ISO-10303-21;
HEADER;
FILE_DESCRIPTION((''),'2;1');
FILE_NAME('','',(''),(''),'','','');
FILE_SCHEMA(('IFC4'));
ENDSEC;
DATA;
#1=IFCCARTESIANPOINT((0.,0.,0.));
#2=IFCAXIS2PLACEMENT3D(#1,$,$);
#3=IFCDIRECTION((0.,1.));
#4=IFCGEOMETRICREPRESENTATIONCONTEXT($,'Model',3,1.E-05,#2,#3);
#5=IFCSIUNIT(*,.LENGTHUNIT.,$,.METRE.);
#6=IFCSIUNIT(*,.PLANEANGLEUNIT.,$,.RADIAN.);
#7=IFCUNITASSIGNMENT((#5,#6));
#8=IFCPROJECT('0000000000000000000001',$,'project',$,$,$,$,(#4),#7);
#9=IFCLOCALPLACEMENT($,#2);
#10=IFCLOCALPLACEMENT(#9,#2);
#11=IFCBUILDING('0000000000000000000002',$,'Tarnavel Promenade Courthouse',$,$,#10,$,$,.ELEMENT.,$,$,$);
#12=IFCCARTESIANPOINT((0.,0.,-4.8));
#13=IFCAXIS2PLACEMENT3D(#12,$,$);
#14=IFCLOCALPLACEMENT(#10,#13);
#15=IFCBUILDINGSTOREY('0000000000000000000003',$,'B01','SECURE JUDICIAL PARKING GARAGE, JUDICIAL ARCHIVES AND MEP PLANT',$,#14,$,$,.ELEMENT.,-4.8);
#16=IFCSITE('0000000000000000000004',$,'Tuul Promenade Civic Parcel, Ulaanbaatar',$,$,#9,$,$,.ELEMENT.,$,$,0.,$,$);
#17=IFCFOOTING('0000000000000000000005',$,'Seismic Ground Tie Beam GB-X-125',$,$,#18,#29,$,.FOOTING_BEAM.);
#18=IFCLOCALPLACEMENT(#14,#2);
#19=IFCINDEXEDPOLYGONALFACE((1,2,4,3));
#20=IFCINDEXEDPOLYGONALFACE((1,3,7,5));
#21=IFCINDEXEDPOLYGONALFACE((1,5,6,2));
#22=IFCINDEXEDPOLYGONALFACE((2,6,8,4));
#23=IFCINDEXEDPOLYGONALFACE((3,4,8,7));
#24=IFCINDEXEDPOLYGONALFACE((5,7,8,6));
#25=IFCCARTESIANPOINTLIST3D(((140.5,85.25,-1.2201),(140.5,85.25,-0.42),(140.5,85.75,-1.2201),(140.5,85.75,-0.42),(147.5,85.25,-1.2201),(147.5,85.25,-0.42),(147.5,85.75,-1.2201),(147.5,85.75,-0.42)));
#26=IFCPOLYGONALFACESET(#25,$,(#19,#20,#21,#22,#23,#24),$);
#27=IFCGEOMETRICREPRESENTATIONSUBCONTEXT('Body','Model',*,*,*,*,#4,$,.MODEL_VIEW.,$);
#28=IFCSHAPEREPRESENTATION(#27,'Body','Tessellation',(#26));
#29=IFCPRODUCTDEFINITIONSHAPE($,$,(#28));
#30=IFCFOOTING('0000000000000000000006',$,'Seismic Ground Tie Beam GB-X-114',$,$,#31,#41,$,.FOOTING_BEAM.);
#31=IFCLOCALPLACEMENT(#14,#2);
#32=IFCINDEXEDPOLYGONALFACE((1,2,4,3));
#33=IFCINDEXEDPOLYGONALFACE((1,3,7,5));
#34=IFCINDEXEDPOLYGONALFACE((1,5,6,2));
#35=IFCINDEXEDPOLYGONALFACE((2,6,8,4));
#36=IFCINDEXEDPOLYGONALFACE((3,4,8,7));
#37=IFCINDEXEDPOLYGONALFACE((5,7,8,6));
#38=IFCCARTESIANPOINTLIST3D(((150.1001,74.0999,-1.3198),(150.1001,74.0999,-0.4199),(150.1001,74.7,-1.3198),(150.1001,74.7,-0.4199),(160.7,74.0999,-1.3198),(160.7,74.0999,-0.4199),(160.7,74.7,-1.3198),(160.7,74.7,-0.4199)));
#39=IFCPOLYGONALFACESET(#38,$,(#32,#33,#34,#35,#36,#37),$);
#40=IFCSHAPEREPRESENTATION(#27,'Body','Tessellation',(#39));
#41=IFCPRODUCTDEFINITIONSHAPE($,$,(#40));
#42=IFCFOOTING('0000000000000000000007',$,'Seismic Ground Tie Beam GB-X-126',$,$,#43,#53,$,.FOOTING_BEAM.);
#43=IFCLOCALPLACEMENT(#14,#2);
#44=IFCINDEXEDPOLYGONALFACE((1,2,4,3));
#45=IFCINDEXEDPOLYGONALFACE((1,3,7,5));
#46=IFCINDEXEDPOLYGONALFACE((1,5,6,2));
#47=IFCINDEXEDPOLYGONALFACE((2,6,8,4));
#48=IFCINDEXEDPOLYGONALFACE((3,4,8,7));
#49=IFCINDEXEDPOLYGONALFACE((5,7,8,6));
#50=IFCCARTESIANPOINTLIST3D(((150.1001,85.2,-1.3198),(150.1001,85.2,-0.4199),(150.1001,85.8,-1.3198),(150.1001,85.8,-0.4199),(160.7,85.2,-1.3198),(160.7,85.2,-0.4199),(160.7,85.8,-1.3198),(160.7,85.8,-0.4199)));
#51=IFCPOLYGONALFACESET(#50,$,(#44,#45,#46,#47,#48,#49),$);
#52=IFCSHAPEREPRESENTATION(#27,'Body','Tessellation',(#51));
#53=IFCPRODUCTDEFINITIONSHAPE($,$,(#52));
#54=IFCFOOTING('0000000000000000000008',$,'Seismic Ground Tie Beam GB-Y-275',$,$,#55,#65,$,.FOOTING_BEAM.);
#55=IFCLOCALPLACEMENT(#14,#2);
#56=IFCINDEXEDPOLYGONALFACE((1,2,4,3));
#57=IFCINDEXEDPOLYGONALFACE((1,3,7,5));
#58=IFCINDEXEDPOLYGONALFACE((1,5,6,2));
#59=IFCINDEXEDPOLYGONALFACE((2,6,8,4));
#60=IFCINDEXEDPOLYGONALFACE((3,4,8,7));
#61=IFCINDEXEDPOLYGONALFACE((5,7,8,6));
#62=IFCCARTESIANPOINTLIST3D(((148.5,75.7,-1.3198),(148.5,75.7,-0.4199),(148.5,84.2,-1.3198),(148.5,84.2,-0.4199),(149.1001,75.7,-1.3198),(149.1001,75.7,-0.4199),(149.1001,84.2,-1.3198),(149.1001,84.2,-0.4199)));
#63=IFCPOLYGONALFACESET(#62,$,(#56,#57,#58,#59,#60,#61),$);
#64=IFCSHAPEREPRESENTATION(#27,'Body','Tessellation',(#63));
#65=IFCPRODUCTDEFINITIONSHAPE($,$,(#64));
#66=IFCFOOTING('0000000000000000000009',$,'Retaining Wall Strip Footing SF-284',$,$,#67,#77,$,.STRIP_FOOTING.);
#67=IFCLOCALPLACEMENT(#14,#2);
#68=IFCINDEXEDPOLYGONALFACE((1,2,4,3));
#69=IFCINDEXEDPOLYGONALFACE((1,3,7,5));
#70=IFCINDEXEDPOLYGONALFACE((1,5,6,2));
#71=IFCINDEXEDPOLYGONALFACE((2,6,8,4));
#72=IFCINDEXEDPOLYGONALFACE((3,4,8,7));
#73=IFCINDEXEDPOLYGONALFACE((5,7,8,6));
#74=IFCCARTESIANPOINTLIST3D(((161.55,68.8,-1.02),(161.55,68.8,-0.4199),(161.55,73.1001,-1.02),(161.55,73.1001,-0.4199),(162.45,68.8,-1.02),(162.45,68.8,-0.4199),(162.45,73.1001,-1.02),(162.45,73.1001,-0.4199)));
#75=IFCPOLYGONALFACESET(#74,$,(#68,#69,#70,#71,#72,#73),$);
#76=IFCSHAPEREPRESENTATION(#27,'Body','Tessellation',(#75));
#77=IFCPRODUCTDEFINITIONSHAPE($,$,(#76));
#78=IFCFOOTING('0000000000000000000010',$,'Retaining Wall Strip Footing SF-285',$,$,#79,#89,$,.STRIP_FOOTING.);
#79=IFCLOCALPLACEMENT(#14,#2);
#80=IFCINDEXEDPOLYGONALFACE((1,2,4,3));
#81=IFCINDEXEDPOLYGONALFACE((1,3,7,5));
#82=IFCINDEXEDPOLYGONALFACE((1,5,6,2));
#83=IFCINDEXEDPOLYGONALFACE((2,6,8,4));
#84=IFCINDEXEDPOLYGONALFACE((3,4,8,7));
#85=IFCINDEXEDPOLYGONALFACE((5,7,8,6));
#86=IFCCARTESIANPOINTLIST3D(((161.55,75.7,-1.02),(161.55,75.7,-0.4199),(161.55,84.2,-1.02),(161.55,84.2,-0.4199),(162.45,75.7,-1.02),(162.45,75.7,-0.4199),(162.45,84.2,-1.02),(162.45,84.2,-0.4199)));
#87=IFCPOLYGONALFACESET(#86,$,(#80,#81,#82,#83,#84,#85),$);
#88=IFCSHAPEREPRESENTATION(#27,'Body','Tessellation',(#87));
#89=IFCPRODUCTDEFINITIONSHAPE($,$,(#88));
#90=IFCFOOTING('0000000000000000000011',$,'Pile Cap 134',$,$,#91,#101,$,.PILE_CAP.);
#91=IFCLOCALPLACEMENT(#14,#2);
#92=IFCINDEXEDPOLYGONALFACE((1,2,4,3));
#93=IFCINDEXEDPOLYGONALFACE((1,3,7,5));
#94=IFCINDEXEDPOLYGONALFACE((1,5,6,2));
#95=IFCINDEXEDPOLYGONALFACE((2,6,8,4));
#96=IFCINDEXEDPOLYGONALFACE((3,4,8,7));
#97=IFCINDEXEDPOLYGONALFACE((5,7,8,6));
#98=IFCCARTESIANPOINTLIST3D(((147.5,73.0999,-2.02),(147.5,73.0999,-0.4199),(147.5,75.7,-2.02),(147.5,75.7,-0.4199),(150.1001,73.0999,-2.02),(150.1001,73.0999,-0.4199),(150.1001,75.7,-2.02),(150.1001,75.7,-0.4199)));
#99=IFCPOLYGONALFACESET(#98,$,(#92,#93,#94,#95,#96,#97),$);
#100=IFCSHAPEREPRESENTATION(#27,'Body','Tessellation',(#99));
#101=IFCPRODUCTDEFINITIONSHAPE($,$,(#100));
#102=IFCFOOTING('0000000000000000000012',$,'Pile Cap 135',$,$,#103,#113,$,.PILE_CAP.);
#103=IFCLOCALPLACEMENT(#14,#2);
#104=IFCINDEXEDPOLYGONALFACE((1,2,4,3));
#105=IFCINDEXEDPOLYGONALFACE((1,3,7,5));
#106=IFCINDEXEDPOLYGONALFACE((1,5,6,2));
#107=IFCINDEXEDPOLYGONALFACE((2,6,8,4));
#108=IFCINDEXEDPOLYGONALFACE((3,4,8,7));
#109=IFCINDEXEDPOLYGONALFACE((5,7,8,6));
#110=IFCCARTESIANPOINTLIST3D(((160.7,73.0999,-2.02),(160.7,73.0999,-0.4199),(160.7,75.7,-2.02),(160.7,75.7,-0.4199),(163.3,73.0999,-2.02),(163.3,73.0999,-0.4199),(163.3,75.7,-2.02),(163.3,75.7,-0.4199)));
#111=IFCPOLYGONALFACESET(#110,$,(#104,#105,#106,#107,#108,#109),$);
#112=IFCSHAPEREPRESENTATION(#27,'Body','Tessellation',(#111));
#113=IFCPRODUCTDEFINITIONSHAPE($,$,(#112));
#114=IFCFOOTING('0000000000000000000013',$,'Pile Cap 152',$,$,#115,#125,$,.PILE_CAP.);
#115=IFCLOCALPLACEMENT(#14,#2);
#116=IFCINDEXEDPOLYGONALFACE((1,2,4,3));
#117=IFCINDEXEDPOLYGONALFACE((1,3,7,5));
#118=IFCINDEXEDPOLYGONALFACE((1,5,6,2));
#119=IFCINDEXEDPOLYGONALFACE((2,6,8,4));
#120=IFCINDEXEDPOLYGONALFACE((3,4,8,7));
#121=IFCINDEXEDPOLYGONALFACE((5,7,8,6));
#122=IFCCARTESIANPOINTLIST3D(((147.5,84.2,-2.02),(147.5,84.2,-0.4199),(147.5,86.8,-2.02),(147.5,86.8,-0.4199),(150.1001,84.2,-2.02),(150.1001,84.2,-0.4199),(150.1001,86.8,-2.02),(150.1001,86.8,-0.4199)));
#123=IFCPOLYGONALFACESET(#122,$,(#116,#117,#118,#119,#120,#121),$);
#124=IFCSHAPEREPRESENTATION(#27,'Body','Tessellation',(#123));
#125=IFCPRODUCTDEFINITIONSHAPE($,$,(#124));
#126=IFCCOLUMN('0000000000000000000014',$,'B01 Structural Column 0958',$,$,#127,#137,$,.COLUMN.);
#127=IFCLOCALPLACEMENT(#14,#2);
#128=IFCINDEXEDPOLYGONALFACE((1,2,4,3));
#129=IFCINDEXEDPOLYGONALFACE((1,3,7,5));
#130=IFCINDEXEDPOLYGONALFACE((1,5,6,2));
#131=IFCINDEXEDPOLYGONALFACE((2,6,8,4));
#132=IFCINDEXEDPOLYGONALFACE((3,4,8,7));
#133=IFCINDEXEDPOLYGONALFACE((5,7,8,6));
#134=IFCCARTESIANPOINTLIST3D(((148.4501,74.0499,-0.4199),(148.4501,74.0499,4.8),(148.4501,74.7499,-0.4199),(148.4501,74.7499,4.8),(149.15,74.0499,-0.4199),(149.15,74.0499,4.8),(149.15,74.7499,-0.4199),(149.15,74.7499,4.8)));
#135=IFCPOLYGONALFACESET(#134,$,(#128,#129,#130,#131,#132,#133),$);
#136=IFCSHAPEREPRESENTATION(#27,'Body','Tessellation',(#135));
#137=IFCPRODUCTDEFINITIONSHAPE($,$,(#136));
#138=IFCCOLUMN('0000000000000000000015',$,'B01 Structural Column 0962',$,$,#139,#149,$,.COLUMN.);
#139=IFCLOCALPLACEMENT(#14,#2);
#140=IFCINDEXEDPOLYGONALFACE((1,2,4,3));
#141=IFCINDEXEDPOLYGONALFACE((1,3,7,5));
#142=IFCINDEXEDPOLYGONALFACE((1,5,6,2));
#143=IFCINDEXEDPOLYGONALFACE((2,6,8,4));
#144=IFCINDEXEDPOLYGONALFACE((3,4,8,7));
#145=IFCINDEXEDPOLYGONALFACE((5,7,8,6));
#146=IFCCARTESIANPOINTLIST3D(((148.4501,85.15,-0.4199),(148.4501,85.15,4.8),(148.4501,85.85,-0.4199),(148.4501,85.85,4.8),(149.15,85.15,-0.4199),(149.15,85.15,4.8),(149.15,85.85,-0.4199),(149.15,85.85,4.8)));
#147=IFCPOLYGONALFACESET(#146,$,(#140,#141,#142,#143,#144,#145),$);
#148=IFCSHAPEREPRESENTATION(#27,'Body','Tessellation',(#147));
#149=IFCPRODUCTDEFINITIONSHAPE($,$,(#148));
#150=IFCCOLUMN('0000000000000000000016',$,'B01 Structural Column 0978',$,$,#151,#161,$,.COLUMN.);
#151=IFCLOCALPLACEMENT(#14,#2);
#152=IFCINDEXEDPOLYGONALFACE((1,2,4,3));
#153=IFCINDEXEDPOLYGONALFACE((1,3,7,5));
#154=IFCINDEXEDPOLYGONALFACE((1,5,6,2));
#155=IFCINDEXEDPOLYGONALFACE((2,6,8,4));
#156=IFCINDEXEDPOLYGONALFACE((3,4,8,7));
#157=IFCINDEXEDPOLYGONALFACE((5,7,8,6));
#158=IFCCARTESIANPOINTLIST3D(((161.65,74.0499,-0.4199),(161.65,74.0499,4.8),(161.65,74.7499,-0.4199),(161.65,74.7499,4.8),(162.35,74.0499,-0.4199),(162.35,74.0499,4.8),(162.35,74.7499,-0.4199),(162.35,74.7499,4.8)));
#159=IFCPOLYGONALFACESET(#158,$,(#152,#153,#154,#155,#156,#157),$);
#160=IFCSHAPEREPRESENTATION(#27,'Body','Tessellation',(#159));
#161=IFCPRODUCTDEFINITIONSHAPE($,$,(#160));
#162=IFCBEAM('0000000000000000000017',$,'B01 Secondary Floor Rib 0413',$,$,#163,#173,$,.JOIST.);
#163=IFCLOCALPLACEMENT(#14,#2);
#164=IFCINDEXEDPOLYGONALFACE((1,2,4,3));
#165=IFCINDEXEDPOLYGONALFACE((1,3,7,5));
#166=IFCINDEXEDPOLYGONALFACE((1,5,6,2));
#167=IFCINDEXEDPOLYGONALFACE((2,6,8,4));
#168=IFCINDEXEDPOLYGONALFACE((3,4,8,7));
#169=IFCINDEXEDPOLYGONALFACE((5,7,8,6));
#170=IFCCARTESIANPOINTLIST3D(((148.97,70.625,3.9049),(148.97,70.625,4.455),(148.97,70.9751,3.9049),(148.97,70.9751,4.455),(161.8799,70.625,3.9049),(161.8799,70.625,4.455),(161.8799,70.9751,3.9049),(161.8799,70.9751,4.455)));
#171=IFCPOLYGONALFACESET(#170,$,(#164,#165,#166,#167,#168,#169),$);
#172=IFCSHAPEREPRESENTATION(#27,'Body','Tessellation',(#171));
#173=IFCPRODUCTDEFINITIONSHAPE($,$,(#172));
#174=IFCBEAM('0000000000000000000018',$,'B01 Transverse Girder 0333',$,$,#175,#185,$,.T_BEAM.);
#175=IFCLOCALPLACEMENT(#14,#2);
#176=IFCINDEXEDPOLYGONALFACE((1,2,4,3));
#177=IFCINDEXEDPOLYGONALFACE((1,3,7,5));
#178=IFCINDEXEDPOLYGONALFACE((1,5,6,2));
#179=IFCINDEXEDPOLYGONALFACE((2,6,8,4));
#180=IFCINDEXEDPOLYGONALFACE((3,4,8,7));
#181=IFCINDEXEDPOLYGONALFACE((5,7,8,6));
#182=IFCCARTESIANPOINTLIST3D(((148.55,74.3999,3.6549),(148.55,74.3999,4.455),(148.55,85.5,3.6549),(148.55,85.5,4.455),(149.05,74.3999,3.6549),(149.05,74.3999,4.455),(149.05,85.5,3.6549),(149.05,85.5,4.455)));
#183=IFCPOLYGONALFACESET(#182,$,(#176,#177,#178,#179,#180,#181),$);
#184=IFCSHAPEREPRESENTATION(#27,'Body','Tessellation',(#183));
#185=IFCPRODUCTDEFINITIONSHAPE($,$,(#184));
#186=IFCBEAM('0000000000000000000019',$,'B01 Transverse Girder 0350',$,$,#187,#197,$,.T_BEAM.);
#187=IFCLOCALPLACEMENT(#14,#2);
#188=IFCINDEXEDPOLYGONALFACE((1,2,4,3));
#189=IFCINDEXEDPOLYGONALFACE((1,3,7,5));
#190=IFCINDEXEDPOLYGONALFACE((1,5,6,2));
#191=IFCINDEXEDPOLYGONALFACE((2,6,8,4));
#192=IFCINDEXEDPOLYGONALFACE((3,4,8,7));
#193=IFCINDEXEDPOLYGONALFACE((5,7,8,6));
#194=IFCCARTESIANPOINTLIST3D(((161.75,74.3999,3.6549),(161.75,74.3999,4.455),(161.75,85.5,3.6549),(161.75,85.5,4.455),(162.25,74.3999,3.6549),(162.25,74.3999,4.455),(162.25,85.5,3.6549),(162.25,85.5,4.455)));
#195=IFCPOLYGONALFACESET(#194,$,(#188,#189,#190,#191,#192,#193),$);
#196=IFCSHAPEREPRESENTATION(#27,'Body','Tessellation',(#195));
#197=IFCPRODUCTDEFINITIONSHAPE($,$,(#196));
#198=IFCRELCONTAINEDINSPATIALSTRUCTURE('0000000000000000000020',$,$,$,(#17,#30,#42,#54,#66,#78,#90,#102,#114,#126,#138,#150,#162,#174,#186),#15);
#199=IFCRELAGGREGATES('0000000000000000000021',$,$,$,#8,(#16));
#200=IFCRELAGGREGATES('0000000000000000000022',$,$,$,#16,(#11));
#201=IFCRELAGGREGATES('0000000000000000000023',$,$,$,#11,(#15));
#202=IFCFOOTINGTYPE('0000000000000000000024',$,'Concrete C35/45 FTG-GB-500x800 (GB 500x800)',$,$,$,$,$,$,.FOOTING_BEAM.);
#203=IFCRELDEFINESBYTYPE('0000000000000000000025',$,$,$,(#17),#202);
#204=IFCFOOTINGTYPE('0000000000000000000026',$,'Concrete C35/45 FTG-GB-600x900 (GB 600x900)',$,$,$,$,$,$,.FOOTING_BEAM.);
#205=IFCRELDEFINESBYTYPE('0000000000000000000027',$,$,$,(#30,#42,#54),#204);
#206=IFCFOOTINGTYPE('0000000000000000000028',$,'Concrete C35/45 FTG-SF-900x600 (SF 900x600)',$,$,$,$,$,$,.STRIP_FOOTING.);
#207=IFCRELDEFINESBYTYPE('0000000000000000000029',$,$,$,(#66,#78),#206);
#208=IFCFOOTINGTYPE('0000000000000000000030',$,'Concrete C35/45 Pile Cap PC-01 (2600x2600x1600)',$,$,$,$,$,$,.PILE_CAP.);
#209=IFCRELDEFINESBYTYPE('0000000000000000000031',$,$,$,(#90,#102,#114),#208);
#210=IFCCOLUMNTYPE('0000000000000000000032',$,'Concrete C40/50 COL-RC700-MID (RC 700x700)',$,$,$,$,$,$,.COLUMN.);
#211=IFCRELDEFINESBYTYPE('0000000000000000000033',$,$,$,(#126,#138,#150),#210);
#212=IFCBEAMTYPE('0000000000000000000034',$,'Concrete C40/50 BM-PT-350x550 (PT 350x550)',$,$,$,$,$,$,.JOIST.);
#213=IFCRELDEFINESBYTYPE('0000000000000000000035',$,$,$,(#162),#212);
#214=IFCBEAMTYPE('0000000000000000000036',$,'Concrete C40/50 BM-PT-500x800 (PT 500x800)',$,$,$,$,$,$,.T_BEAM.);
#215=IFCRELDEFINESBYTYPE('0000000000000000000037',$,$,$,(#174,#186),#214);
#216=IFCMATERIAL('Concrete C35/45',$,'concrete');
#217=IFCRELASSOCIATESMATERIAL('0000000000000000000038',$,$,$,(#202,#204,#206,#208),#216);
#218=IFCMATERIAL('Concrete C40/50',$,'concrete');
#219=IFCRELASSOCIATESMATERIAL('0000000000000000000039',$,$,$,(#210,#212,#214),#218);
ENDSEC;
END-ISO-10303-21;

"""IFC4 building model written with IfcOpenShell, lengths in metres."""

from ifc_helpers import new_model, si_unit, direction, frame, origin, origin_2d, place, context, subcontext, project, spatial, rectangle, extrude, material, material_profile, profile_set, type_object, element, save


model = new_model("IFC4")

# Units and contexts
model_context = context("Model", 3, precision=1e-05, world=origin(), true_north=direction((0.0, 1.0)))
body_context = subcontext(model_context, "Body", "Model", "MODEL_VIEW")
ifc_project = project(units=[si_unit("LENGTHUNIT", "METRE"), si_unit("PLANEANGLEUNIT", "RADIAN")], contexts=[model_context])

# Site, building, storey
site_placement = place(None, origin())
site = spatial("IfcSite", under=ifc_project, at=site_placement, Name="Tuul Promenade Civic Parcel, Ulaanbaatar", CompositionType="ELEMENT", RefElevation=0.0)
building_placement = place(site_placement, origin())
building = spatial("IfcBuilding", under=site, at=building_placement, Name="Tarnavel Promenade Courthouse", CompositionType="ELEMENT")
storey_placement = place(building_placement, frame((0.0, 0.0, -4.8)))
storey = spatial("IfcBuildingStorey", under=building, at=storey_placement, Name="B01", Description="SECURE JUDICIAL PARKING GARAGE, JUDICIAL ARCHIVES AND MEP PLANT", CompositionType="ELEMENT", Elevation=-4.8)

# Footings
ifc_material_1 = material(Name="Concrete C35/45", Category="concrete")
ifc_material_profile_1 = material_profile(ifc_material_1, rectangle(XDim=0.5, YDim=0.8, at=origin_2d()), Name="GB 500x800")
ifc_profile_set_1 = profile_set([ifc_material_profile_1], Name="Concrete C35/45")
footing_type_1 = type_object("IfcFootingType", Name="Concrete C35/45 FTG-GB-500x800 (GB 500x800)", PredefinedType="FOOTING_BEAM", material=ifc_profile_set_1)
for number, where, z_axis, x_axis, name in (
    (1, (140.5, 85.5, -0.8201), (1.0, 0.0, 0.0), (0.0, 1.0, 0.0), "Seismic Ground Tie Beam GB-X-125"),
):
    element("IfcFooting", number, at=place(storey_placement, frame(where, z_axis=z_axis, x_axis=x_axis)), inside=storey, type_object=footing_type_1, Name=name, PredefinedType="FOOTING_BEAM", context=body_context, shape_type="SweptSolid", body=[
        extrude(rectangle(XDim=0.5, YDim=0.8, at=origin_2d()), origin(), (0.0, 0.0, 1.0), 7.0),
    ])
ifc_material_profile_2 = material_profile(ifc_material_1, rectangle(XDim=0.6001, YDim=0.8999, at=origin_2d()), Name="GB 600x900")
ifc_profile_set_2 = profile_set([ifc_material_profile_2], Name="Concrete C35/45")
footing_type_2 = type_object("IfcFootingType", Name="Concrete C35/45 FTG-GB-600x900 (GB 600x900)", PredefinedType="FOOTING_BEAM", material=ifc_profile_set_2)
for number, where, z_axis, x_axis, name in (
    (2, (150.1001, 74.3999, -0.8699), (1.0, 0.0, 0.0), (0.0, 1.0, 0.0), "Seismic Ground Tie Beam GB-X-114"),
    (3, (150.1001, 85.5, -0.8699), (1.0, 0.0, 0.0), (0.0, 1.0, 0.0), "Seismic Ground Tie Beam GB-X-126"),
):
    element("IfcFooting", number, at=place(storey_placement, frame(where, z_axis=z_axis, x_axis=x_axis)), inside=storey, type_object=footing_type_2, Name=name, PredefinedType="FOOTING_BEAM", context=body_context, shape_type="SweptSolid", body=[
        extrude(rectangle(XDim=0.6001, YDim=0.8999, at=origin_2d()), origin(), (0.0, 0.0, 1.0), 10.5999),
    ])
footing_1_placement = place(storey_placement, frame((148.8, 75.7, -0.8699), z_axis=(0.0, 1.0, 0.0), x_axis=(-1.0, 0.0, 0.0)))
element("IfcFooting", 4, at=footing_1_placement, inside=storey, type_object=footing_type_2, Name="Seismic Ground Tie Beam GB-Y-275", PredefinedType="FOOTING_BEAM", context=body_context, shape_type="SweptSolid", body=[
    extrude(rectangle(XDim=0.6001, YDim=0.8999, at=origin_2d()), origin(), (0.0, 0.0, 1.0), 8.5),
])
ifc_material_profile_3 = material_profile(ifc_material_1, rectangle(XDim=0.8999, YDim=0.6001, at=origin_2d()), Name="SF 900x600")
ifc_profile_set_3 = profile_set([ifc_material_profile_3], Name="Concrete C35/45")
footing_type_3 = type_object("IfcFootingType", Name="Concrete C35/45 FTG-SF-900x600 (SF 900x600)", PredefinedType="STRIP_FOOTING", material=ifc_profile_set_3)
footing_2_placement = place(storey_placement, frame((162.0, 68.8, -0.72), z_axis=(0.0, 1.0, 0.0), x_axis=(-1.0, 0.0, 0.0)))
element("IfcFooting", 5, at=footing_2_placement, inside=storey, type_object=footing_type_3, Name="Retaining Wall Strip Footing SF-284", PredefinedType="STRIP_FOOTING", context=body_context, shape_type="SweptSolid", body=[
    extrude(rectangle(XDim=0.8999, YDim=0.6001, at=origin_2d()), origin(), (0.0, 0.0, 1.0), 4.3),
])
footing_3_placement = place(storey_placement, frame((162.0, 75.7, -0.72), z_axis=(0.0, 1.0, 0.0), x_axis=(-1.0, 0.0, 0.0)))
element("IfcFooting", 6, at=footing_3_placement, inside=storey, type_object=footing_type_3, Name="Retaining Wall Strip Footing SF-285", PredefinedType="STRIP_FOOTING", context=body_context, shape_type="SweptSolid", body=[
    extrude(rectangle(XDim=0.8999, YDim=0.6001, at=origin_2d()), origin(), (0.0, 0.0, 1.0), 8.5),
])
footing_type_4 = type_object("IfcFootingType", Name="Concrete C35/45 Pile Cap PC-01 (2600x2600x1600)", PredefinedType="PILE_CAP", material=ifc_material_1)
for number, where, z_axis, x_axis, name in (
    (7, (148.8, 74.3999, -2.02), (0.0, 0.0, 1.0), (1.0, 0.0, 0.0), "Pile Cap 134"),
    (8, (162.0, 74.3999, -2.02), (0.0, 0.0, 1.0), (1.0, 0.0, 0.0), "Pile Cap 135"),
    (9, (148.8, 85.5, -2.02), (0.0, 0.0, 1.0), (1.0, 0.0, 0.0), "Pile Cap 152"),
):
    element("IfcFooting", number, at=place(storey_placement, frame(where, z_axis=z_axis, x_axis=x_axis)), inside=storey, type_object=footing_type_4, Name=name, PredefinedType="PILE_CAP", context=body_context, shape_type="SweptSolid", body=[
        extrude(rectangle(XDim=2.6001, YDim=2.6001, at=origin_2d()), origin(), (0.0, 0.0, 1.0), 1.6001),
    ])

# Columns
ifc_material_2 = material(Name="Concrete C40/50", Category="concrete")
ifc_material_profile_4 = material_profile(ifc_material_2, rectangle(XDim=0.7, YDim=0.7, at=origin_2d()), Name="RC 700x700")
ifc_profile_set_4 = profile_set([ifc_material_profile_4], Name="Concrete C40/50")
column_type = type_object("IfcColumnType", Name="Concrete C40/50 COL-RC700-MID (RC 700x700)", PredefinedType="COLUMN", material=ifc_profile_set_4)
for number, where, z_axis, x_axis, name in (
    (10, (148.8, 74.3999, -0.4199), (0.0, 0.0, 1.0), (1.0, 0.0, 0.0), "B01 Structural Column 0958"),
    (11, (148.8, 85.5, -0.4199), (0.0, 0.0, 1.0), (1.0, 0.0, 0.0), "B01 Structural Column 0962"),
    (12, (162.0, 74.3999, -0.4199), (0.0, 0.0, 1.0), (1.0, 0.0, 0.0), "B01 Structural Column 0978"),
):
    element("IfcColumn", number, at=place(storey_placement, frame(where, z_axis=z_axis, x_axis=x_axis)), inside=storey, type_object=column_type, Name=name, PredefinedType="COLUMN", context=body_context, shape_type="SweptSolid", body=[
        extrude(rectangle(XDim=0.7, YDim=0.7, at=origin_2d()), origin(), (0.0, 0.0, 1.0), 5.22),
    ])

# Beams
ifc_material_profile_5 = material_profile(ifc_material_2, rectangle(XDim=0.3501, YDim=0.55, at=origin_2d()), Name="PT 350x550")
ifc_profile_set_5 = profile_set([ifc_material_profile_5], Name="Concrete C40/50")
beam_type_1 = type_object("IfcBeamType", Name="Concrete C40/50 BM-PT-350x550 (PT 350x550)", PredefinedType="JOIST", material=ifc_profile_set_5)
beam_1_placement = place(storey_placement, frame((148.97, 70.8, 4.1799), z_axis=(1.0, 0.0, 0.0), x_axis=(0.0, 1.0, 0.0)))
element("IfcBeam", 13, at=beam_1_placement, inside=storey, type_object=beam_type_1, Name="B01 Secondary Floor Rib 0413", PredefinedType="JOIST", context=body_context, shape_type="SweptSolid", body=[
    extrude(rectangle(XDim=0.3501, YDim=0.55, at=origin_2d()), origin(), (0.0, 0.0, 1.0), 12.9099),
])
ifc_material_profile_6 = material_profile(ifc_material_2, rectangle(XDim=0.5, YDim=0.8, at=origin_2d()), Name="PT 500x800")
ifc_profile_set_6 = profile_set([ifc_material_profile_6], Name="Concrete C40/50")
beam_type_2 = type_object("IfcBeamType", Name="Concrete C40/50 BM-PT-500x800 (PT 500x800)", PredefinedType="T_BEAM", material=ifc_profile_set_6)
for number, where, z_axis, x_axis, name in (
    (14, (148.8, 74.3999, 4.0549), (0.0, 1.0, 0.0), (-1.0, 0.0, 0.0), "B01 Transverse Girder 0333"),
    (15, (162.0, 74.3999, 4.0549), (0.0, 1.0, 0.0), (-1.0, 0.0, 0.0), "B01 Transverse Girder 0350"),
):
    element("IfcBeam", number, at=place(storey_placement, frame(where, z_axis=z_axis, x_axis=x_axis)), inside=storey, type_object=beam_type_2, Name=name, PredefinedType="T_BEAM", context=body_context, shape_type="SweptSolid", body=[
        extrude(rectangle(XDim=0.5, YDim=0.8, at=origin_2d()), origin(), (0.0, 0.0, 1.0), 11.1001),
    ])

save(model, "model.ifc")
